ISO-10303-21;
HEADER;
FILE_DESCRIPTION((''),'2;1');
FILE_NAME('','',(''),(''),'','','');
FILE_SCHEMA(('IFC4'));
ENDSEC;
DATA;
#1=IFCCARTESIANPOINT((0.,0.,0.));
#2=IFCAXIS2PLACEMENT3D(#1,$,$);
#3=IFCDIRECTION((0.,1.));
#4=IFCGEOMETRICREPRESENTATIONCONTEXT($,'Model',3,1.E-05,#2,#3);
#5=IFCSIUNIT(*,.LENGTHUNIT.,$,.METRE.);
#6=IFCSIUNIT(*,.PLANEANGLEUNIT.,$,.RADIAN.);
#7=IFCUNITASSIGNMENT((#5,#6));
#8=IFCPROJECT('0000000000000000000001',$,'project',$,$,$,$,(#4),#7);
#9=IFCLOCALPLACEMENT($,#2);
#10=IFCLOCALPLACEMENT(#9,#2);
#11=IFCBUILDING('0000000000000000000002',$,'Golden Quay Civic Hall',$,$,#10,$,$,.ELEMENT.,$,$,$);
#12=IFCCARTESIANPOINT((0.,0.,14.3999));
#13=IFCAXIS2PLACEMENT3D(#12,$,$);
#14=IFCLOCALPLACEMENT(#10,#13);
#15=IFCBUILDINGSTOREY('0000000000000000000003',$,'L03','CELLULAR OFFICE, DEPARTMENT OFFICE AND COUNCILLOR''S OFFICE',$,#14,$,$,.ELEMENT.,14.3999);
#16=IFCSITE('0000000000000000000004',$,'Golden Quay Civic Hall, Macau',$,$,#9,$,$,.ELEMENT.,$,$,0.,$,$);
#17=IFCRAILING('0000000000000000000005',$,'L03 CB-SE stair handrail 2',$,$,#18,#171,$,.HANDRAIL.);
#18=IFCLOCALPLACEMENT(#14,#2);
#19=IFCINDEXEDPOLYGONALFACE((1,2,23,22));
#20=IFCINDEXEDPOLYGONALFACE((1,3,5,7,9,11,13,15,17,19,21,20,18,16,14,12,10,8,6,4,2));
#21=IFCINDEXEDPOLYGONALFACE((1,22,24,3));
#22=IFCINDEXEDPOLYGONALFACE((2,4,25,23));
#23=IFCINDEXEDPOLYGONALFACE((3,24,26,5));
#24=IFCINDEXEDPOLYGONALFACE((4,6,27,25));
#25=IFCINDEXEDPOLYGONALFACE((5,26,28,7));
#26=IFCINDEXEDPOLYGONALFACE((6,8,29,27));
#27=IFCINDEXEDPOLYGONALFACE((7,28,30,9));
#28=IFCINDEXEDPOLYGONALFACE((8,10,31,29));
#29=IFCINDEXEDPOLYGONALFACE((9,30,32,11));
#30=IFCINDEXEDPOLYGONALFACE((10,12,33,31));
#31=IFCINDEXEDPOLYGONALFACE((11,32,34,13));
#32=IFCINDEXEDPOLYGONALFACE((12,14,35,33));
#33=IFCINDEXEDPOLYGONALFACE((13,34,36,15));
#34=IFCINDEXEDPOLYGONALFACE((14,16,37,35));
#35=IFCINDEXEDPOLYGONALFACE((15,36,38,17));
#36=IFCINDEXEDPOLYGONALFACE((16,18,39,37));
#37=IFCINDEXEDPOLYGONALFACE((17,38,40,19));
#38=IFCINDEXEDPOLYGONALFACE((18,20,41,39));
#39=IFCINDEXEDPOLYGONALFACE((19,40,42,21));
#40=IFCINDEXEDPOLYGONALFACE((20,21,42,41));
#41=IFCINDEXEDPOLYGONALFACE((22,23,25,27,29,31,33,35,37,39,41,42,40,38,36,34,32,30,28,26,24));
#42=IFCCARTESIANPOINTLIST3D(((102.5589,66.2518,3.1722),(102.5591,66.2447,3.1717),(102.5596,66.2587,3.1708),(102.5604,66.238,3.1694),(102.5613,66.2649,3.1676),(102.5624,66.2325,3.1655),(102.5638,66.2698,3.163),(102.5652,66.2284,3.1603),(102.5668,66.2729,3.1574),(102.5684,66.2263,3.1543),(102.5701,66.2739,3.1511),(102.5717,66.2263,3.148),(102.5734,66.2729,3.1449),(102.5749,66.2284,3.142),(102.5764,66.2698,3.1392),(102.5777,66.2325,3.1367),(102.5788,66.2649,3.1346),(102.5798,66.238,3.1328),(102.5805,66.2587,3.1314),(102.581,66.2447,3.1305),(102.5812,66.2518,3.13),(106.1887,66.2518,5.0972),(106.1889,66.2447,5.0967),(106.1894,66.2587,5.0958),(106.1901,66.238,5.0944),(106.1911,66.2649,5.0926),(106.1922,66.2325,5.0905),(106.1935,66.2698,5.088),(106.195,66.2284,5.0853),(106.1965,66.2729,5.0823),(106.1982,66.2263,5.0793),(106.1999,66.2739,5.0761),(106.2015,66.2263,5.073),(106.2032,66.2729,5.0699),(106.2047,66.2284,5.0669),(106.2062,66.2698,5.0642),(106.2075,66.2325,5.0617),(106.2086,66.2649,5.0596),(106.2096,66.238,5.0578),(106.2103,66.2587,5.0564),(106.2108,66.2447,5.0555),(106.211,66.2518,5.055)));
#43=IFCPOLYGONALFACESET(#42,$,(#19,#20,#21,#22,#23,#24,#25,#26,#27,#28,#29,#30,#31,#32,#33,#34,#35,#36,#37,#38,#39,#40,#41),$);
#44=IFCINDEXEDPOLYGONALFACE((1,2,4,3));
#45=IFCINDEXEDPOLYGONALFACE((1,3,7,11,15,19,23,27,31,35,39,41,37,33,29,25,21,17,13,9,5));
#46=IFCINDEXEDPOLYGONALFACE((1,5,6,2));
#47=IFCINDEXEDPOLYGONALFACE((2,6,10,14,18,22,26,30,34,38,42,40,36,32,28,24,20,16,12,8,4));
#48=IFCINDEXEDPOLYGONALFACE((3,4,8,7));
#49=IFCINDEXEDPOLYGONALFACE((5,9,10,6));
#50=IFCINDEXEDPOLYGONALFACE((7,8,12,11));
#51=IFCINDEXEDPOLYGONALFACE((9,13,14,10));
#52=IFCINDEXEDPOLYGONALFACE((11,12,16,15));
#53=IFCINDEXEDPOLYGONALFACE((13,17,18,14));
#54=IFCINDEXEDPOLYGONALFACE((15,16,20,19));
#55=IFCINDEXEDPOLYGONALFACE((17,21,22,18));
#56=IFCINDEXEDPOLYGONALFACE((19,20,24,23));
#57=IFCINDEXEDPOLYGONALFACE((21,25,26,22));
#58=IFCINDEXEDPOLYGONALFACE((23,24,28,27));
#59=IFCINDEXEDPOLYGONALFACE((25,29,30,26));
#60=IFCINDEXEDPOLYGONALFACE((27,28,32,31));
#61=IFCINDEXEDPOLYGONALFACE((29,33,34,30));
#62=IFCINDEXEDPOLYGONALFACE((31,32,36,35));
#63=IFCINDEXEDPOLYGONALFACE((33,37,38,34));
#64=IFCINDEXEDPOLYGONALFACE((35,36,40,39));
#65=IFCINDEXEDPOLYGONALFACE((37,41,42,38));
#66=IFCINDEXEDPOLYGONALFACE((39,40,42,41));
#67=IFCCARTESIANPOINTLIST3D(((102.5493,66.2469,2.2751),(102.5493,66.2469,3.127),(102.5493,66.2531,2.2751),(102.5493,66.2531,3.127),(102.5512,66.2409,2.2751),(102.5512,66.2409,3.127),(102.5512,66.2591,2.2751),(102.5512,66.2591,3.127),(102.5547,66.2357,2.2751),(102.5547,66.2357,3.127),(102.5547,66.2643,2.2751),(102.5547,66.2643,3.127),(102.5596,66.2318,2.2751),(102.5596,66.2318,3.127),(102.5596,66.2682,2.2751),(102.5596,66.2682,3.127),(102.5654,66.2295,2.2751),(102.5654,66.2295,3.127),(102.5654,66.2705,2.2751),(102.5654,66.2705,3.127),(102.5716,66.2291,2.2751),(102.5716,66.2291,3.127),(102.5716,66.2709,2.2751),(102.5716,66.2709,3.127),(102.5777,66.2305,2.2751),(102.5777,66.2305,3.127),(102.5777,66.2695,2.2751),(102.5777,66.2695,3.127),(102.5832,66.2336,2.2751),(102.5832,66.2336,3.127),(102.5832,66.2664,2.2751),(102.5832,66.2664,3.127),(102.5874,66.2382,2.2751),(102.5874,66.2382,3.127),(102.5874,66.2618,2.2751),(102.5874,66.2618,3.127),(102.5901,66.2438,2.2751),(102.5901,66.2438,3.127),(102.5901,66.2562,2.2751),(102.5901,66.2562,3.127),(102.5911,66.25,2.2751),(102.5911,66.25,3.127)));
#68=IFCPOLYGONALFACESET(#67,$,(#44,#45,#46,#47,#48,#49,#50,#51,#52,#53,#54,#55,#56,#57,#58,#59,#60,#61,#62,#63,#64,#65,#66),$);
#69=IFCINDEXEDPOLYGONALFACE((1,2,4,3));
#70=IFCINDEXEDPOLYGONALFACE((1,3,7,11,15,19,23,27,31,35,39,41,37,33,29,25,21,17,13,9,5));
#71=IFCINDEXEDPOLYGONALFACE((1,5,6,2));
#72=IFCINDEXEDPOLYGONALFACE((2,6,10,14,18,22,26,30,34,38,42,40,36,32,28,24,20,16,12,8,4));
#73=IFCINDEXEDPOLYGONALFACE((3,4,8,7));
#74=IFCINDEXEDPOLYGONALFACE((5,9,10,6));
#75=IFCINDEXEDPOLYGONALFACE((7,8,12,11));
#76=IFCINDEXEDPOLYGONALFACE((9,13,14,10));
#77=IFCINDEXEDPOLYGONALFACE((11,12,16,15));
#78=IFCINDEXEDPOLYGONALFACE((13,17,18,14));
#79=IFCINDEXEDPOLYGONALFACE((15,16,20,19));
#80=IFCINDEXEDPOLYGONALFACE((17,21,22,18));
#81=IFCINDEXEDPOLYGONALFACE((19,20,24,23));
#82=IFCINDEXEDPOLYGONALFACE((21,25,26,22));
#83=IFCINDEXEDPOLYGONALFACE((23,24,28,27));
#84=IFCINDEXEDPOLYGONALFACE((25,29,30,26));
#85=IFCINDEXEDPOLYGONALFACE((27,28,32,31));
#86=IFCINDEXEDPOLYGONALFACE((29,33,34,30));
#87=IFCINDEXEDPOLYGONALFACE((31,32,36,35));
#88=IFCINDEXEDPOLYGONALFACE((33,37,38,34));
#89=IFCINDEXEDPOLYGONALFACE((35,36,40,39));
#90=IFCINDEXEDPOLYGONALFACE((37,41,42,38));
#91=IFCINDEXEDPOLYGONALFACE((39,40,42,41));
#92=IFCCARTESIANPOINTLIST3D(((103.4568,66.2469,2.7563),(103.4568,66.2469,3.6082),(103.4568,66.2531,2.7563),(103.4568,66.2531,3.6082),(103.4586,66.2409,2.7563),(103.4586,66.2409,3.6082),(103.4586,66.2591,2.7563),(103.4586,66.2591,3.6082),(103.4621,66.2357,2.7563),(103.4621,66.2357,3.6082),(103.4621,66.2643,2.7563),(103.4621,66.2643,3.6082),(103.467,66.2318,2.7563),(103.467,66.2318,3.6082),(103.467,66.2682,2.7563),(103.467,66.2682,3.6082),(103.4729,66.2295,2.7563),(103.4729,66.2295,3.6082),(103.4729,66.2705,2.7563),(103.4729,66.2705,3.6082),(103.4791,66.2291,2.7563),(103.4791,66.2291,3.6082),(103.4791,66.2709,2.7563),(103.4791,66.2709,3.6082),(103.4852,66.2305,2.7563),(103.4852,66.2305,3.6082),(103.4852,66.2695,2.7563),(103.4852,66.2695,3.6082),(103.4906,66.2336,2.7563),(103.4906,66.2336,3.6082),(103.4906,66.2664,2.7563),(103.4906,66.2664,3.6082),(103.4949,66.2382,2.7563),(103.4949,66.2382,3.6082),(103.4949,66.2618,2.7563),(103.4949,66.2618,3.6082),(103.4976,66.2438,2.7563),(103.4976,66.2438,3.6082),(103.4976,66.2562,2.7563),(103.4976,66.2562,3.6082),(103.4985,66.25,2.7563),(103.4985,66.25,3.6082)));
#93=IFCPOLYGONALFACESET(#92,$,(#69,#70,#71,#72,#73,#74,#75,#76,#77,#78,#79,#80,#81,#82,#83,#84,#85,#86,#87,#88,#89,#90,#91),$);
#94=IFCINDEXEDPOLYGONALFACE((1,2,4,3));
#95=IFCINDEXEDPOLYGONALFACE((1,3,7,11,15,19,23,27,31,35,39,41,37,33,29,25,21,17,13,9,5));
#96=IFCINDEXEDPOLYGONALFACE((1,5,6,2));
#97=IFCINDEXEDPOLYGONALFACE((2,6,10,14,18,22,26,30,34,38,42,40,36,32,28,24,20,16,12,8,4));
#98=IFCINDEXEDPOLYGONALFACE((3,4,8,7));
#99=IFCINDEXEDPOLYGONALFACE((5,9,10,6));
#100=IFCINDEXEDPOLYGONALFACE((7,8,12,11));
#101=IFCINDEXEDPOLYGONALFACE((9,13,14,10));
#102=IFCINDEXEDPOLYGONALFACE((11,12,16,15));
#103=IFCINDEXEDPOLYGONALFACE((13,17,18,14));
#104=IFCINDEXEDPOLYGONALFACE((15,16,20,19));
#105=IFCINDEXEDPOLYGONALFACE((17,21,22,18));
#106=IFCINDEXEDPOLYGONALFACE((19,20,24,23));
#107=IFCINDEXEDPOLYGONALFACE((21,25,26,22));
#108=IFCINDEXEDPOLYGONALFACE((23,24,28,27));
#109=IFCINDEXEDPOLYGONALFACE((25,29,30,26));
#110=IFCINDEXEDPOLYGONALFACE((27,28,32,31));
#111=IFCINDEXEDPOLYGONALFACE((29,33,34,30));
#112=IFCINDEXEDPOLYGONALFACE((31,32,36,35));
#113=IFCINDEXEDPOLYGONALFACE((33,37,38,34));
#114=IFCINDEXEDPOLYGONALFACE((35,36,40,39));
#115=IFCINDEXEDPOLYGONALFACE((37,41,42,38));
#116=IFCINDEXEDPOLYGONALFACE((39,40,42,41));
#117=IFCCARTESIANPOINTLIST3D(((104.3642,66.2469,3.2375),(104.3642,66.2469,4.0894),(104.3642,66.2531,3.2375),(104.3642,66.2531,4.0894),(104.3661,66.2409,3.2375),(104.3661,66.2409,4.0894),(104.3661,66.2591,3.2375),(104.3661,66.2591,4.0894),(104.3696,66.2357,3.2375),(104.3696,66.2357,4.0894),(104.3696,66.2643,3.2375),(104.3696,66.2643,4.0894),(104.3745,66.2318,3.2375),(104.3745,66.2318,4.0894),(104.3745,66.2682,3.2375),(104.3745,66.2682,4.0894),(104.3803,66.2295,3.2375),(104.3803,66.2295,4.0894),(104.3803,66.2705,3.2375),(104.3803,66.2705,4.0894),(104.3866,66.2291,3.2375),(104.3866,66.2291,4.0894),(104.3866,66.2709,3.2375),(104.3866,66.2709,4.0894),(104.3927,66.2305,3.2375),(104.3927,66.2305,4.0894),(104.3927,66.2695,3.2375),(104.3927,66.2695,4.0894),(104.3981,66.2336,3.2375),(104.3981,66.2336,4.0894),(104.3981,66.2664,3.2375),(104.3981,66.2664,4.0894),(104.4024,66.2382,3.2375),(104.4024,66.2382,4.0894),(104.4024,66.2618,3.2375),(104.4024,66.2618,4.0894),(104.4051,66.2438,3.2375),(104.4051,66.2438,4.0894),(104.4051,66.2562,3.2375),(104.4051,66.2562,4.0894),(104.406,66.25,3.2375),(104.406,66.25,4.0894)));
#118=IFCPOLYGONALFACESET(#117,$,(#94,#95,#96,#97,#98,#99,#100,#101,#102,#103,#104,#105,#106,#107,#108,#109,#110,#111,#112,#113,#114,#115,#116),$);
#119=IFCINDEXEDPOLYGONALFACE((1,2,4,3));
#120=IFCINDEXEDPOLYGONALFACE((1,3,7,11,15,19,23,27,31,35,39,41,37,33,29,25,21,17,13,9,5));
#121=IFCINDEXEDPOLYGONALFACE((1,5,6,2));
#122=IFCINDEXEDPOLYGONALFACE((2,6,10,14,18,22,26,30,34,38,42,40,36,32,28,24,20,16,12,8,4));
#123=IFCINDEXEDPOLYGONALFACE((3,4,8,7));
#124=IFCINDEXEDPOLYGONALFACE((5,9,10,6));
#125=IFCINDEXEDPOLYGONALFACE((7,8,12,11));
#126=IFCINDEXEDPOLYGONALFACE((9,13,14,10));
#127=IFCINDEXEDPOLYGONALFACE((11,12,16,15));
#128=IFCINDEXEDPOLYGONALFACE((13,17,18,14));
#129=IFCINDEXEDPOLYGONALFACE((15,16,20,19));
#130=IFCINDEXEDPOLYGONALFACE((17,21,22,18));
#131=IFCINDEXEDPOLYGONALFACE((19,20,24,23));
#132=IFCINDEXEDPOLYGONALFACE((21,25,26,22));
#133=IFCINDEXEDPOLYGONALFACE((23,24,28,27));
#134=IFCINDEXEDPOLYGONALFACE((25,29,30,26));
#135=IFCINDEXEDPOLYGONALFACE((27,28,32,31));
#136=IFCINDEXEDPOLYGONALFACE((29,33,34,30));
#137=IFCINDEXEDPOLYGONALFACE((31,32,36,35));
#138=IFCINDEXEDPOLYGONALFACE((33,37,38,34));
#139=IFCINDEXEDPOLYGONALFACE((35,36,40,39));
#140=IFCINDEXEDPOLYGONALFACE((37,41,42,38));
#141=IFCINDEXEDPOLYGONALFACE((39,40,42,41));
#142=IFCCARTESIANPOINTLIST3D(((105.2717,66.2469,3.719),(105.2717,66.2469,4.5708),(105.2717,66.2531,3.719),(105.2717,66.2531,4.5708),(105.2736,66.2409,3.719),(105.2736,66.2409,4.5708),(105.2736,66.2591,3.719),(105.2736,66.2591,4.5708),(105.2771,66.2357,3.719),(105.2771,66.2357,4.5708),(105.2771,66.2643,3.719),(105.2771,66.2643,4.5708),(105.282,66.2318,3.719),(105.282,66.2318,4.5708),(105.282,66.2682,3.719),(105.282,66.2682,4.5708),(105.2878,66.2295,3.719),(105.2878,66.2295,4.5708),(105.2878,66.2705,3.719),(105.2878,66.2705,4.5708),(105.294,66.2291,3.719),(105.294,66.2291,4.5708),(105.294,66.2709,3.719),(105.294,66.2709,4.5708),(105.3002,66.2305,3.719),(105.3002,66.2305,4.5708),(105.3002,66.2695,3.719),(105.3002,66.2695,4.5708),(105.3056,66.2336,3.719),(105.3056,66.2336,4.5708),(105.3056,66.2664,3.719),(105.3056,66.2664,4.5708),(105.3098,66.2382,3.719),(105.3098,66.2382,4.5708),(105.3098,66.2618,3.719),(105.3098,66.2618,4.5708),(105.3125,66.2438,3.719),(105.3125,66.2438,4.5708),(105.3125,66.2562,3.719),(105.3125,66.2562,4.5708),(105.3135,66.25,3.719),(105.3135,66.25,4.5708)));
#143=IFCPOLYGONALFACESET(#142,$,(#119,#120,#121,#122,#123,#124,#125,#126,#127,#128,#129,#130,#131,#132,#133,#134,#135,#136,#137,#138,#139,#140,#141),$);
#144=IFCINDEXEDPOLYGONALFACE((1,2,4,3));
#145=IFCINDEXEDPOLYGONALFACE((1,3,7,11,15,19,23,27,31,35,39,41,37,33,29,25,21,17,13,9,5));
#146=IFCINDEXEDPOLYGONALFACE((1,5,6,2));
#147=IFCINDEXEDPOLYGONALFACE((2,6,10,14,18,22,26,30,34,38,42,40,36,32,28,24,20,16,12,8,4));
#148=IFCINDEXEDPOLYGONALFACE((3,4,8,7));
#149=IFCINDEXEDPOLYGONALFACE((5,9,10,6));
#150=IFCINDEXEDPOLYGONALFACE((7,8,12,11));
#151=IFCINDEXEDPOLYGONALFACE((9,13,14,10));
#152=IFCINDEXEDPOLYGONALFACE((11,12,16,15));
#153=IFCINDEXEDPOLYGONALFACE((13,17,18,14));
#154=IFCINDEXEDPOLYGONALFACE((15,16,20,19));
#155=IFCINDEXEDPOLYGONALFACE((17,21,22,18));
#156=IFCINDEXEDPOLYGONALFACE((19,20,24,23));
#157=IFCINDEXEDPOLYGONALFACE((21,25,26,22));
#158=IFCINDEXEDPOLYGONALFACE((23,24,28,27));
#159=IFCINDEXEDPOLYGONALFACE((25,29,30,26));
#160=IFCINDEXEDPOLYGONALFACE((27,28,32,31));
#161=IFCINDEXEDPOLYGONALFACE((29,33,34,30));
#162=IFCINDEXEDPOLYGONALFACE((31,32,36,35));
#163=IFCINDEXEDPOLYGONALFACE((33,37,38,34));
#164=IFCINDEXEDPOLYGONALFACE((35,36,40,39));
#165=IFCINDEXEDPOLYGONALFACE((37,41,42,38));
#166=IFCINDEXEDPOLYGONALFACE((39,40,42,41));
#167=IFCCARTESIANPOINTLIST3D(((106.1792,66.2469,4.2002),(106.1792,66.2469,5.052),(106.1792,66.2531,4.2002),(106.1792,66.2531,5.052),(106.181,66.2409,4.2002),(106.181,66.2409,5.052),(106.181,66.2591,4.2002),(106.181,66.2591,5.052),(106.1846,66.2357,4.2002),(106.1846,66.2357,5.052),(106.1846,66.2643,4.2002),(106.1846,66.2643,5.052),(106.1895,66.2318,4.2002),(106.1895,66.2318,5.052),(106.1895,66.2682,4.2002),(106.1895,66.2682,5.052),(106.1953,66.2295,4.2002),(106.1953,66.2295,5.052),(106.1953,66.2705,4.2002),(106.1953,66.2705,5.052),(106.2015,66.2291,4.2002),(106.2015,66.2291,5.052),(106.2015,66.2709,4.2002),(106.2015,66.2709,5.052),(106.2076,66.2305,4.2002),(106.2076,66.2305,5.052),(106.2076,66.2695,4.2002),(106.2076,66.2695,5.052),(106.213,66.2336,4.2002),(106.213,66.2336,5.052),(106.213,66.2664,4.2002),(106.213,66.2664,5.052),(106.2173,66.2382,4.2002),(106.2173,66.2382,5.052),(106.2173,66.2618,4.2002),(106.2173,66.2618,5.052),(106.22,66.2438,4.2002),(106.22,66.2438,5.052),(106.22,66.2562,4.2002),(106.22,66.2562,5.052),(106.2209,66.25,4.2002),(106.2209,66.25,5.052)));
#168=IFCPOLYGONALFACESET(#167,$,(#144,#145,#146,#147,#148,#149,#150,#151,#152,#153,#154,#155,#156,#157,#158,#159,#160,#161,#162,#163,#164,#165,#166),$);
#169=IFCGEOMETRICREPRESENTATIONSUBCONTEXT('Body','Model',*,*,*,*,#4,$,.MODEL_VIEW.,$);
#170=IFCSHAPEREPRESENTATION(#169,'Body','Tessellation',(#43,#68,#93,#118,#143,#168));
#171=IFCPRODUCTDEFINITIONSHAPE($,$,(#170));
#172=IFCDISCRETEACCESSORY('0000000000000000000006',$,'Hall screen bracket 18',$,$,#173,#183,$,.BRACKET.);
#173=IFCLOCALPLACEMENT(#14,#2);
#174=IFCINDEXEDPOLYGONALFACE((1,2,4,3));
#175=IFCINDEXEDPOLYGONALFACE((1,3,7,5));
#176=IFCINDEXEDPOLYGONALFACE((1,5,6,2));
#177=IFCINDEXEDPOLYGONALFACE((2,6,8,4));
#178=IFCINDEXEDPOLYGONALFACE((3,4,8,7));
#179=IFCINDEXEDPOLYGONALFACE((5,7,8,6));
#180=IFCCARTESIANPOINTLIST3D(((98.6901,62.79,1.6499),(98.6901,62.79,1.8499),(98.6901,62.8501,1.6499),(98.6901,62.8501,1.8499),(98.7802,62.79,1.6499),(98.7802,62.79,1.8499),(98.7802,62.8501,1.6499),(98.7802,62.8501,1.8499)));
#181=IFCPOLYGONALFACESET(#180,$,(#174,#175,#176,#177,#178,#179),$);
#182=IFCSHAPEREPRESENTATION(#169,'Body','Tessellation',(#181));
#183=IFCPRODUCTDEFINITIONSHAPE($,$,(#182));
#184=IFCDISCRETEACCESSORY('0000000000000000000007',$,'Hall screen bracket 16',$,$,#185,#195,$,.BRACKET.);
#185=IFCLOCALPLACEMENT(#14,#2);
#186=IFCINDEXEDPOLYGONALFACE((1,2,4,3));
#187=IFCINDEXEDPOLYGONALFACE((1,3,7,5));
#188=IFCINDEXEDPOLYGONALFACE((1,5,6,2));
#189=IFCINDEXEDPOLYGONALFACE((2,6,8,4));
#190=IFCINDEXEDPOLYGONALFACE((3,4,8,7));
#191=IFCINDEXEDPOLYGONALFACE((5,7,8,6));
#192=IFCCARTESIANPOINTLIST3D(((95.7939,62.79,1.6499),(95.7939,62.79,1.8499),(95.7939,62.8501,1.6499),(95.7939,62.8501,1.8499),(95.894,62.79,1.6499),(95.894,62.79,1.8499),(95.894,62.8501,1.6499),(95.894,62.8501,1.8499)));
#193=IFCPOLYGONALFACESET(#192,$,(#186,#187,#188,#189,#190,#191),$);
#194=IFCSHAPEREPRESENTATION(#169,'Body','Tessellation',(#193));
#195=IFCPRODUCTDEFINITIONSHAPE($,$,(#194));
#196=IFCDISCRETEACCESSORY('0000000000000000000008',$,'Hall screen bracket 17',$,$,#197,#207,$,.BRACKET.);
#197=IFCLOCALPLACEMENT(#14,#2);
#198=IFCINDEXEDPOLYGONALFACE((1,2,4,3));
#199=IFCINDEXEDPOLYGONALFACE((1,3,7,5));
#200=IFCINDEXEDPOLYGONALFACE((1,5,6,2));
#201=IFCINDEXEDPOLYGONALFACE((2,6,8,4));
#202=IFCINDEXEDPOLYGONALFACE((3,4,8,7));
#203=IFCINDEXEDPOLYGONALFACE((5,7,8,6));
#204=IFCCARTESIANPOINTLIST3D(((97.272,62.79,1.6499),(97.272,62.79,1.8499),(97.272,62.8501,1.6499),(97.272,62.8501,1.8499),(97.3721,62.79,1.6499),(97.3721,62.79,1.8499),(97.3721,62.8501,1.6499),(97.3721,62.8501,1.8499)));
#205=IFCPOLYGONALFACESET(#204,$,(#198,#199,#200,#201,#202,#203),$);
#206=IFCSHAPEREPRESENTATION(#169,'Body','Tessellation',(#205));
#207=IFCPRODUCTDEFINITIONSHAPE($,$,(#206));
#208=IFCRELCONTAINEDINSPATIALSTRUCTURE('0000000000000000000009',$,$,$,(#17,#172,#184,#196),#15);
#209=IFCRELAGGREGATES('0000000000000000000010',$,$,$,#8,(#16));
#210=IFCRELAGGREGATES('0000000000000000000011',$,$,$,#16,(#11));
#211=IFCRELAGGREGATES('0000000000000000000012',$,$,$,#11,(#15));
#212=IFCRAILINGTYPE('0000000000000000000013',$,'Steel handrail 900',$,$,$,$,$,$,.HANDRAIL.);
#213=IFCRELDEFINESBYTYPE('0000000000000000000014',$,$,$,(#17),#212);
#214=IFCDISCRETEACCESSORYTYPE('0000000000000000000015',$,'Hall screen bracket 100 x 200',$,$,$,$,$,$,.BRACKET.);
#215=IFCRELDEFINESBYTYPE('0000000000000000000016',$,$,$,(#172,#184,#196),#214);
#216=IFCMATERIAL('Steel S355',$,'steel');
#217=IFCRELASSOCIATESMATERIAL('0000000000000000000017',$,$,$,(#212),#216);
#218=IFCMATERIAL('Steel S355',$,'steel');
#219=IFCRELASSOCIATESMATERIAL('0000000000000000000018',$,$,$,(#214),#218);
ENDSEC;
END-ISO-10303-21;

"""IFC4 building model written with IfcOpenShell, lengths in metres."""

from ifc_helpers import new_model, si_unit, direction, frame, origin, origin_2d, place, context, subcontext, project, spatial, rectangle, circle, extrude, material, type_object, element, save


model = new_model("IFC4")

# Units and contexts
model_context = context("Model", 3, precision=1e-05, world=origin(), true_north=direction((0.0, 1.0)))
body_context = subcontext(model_context, "Body", "Model", "MODEL_VIEW")
ifc_project = project(units=[si_unit("LENGTHUNIT", "METRE"), si_unit("PLANEANGLEUNIT", "RADIAN")], contexts=[model_context])

# Site, building, storey
site_placement = place(None, origin())
site = spatial("IfcSite", under=ifc_project, at=site_placement, Name="Golden Quay Civic Hall, Macau", CompositionType="ELEMENT", RefElevation=0.0)
building_placement = place(site_placement, origin())
building = spatial("IfcBuilding", under=site, at=building_placement, Name="Golden Quay Civic Hall", CompositionType="ELEMENT")
storey_placement = place(building_placement, frame((0.0, 0.0, 14.3999)))
storey = spatial("IfcBuildingStorey", under=building, at=storey_placement, Name="L03", Description="CELLULAR OFFICE, DEPARTMENT OFFICE AND COUNCILLOR'S OFFICE", CompositionType="ELEMENT", Elevation=14.3999)

# Railing
ifc_material_1 = material(Name="Steel S355", Category="steel")
railing_type_1 = type_object("IfcRailingType", Name="Steel handrail 900", PredefinedType="HANDRAIL", material=ifc_material_1)
railing_1_placement = place(storey_placement, frame((102.5701, 66.25, 2.2751)))
element("IfcRailing", 1, at=railing_1_placement, inside=storey, type_object=railing_type_1, Name="L03 CB-SE stair handrail 2", PredefinedType="HANDRAIL", context=body_context, shape_type="SweptSolid", body=[
    extrude(circle(Radius=0.0239, at=origin_2d()), frame((0.0, 0.0, 0.876), z_axis=(0.883451, 0.0, 0.468524), x_axis=(0.0, 1.0, 0.0)), (0.0, 0.0, 1.0), 4.1086),
    extrude(circle(Radius=0.021, at=origin_2d()), origin(), (0.0, 0.0, 1.0), 0.8518),
    extrude(circle(Radius=0.021, at=origin_2d()), frame((0.9075, 0.0, 0.4812)), (0.0, 0.0, 1.0), 0.8518),
    extrude(circle(Radius=0.021, at=origin_2d()), frame((1.8149, 0.0, 0.9624)), (0.0, 0.0, 1.0), 0.8518),
    extrude(circle(Radius=0.021, at=origin_2d()), frame((2.7224, 0.0, 1.4438)), (0.0, 0.0, 1.0), 0.8518),
    extrude(circle(Radius=0.021, at=origin_2d()), frame((3.6299, 0.0, 1.925)), (0.0, 0.0, 1.0), 0.8518),
])

# Discrete accessories
ifc_material_2 = material(Name="Steel S355", Category="steel")
discrete_accessory_type = type_object("IfcDiscreteAccessoryType", Name="Hall screen bracket 100 x 200", PredefinedType="BRACKET", material=ifc_material_2)
discrete_accessory_placement = place(storey_placement, frame((98.7351, 62.8201, 1.6499), z_axis=(0.0, 0.0, 1.0), x_axis=(1.0, 0.0, 0.0)))
element("IfcDiscreteAccessory", 2, at=discrete_accessory_placement, inside=storey, type_object=discrete_accessory_type, Name="Hall screen bracket 18", PredefinedType="BRACKET", context=body_context, shape_type="SweptSolid", body=[
    extrude(rectangle(XDim=0.0901, YDim=0.0601, at=origin_2d()), origin(), (0.0, 0.0, 1.0), 0.2),
])
for number, where, z_axis, x_axis, name in (
    (3, (95.844, 62.8201, 1.6499), (0.0, 0.0, 1.0), (1.0, 0.0, 0.0), "Hall screen bracket 16"),
    (4, (97.322, 62.8201, 1.6499), (0.0, 0.0, 1.0), (1.0, 0.0, 0.0), "Hall screen bracket 17"),
):
    element("IfcDiscreteAccessory", number, at=place(storey_placement, frame(where, z_axis=z_axis, x_axis=x_axis)), inside=storey, type_object=discrete_accessory_type, Name=name, PredefinedType="BRACKET", context=body_context, shape_type="SweptSolid", body=[
        extrude(rectangle(XDim=0.1001, YDim=0.0601, at=origin_2d()), origin(), (0.0, 0.0, 1.0), 0.2),
    ])

save(model, "model.ifc")
